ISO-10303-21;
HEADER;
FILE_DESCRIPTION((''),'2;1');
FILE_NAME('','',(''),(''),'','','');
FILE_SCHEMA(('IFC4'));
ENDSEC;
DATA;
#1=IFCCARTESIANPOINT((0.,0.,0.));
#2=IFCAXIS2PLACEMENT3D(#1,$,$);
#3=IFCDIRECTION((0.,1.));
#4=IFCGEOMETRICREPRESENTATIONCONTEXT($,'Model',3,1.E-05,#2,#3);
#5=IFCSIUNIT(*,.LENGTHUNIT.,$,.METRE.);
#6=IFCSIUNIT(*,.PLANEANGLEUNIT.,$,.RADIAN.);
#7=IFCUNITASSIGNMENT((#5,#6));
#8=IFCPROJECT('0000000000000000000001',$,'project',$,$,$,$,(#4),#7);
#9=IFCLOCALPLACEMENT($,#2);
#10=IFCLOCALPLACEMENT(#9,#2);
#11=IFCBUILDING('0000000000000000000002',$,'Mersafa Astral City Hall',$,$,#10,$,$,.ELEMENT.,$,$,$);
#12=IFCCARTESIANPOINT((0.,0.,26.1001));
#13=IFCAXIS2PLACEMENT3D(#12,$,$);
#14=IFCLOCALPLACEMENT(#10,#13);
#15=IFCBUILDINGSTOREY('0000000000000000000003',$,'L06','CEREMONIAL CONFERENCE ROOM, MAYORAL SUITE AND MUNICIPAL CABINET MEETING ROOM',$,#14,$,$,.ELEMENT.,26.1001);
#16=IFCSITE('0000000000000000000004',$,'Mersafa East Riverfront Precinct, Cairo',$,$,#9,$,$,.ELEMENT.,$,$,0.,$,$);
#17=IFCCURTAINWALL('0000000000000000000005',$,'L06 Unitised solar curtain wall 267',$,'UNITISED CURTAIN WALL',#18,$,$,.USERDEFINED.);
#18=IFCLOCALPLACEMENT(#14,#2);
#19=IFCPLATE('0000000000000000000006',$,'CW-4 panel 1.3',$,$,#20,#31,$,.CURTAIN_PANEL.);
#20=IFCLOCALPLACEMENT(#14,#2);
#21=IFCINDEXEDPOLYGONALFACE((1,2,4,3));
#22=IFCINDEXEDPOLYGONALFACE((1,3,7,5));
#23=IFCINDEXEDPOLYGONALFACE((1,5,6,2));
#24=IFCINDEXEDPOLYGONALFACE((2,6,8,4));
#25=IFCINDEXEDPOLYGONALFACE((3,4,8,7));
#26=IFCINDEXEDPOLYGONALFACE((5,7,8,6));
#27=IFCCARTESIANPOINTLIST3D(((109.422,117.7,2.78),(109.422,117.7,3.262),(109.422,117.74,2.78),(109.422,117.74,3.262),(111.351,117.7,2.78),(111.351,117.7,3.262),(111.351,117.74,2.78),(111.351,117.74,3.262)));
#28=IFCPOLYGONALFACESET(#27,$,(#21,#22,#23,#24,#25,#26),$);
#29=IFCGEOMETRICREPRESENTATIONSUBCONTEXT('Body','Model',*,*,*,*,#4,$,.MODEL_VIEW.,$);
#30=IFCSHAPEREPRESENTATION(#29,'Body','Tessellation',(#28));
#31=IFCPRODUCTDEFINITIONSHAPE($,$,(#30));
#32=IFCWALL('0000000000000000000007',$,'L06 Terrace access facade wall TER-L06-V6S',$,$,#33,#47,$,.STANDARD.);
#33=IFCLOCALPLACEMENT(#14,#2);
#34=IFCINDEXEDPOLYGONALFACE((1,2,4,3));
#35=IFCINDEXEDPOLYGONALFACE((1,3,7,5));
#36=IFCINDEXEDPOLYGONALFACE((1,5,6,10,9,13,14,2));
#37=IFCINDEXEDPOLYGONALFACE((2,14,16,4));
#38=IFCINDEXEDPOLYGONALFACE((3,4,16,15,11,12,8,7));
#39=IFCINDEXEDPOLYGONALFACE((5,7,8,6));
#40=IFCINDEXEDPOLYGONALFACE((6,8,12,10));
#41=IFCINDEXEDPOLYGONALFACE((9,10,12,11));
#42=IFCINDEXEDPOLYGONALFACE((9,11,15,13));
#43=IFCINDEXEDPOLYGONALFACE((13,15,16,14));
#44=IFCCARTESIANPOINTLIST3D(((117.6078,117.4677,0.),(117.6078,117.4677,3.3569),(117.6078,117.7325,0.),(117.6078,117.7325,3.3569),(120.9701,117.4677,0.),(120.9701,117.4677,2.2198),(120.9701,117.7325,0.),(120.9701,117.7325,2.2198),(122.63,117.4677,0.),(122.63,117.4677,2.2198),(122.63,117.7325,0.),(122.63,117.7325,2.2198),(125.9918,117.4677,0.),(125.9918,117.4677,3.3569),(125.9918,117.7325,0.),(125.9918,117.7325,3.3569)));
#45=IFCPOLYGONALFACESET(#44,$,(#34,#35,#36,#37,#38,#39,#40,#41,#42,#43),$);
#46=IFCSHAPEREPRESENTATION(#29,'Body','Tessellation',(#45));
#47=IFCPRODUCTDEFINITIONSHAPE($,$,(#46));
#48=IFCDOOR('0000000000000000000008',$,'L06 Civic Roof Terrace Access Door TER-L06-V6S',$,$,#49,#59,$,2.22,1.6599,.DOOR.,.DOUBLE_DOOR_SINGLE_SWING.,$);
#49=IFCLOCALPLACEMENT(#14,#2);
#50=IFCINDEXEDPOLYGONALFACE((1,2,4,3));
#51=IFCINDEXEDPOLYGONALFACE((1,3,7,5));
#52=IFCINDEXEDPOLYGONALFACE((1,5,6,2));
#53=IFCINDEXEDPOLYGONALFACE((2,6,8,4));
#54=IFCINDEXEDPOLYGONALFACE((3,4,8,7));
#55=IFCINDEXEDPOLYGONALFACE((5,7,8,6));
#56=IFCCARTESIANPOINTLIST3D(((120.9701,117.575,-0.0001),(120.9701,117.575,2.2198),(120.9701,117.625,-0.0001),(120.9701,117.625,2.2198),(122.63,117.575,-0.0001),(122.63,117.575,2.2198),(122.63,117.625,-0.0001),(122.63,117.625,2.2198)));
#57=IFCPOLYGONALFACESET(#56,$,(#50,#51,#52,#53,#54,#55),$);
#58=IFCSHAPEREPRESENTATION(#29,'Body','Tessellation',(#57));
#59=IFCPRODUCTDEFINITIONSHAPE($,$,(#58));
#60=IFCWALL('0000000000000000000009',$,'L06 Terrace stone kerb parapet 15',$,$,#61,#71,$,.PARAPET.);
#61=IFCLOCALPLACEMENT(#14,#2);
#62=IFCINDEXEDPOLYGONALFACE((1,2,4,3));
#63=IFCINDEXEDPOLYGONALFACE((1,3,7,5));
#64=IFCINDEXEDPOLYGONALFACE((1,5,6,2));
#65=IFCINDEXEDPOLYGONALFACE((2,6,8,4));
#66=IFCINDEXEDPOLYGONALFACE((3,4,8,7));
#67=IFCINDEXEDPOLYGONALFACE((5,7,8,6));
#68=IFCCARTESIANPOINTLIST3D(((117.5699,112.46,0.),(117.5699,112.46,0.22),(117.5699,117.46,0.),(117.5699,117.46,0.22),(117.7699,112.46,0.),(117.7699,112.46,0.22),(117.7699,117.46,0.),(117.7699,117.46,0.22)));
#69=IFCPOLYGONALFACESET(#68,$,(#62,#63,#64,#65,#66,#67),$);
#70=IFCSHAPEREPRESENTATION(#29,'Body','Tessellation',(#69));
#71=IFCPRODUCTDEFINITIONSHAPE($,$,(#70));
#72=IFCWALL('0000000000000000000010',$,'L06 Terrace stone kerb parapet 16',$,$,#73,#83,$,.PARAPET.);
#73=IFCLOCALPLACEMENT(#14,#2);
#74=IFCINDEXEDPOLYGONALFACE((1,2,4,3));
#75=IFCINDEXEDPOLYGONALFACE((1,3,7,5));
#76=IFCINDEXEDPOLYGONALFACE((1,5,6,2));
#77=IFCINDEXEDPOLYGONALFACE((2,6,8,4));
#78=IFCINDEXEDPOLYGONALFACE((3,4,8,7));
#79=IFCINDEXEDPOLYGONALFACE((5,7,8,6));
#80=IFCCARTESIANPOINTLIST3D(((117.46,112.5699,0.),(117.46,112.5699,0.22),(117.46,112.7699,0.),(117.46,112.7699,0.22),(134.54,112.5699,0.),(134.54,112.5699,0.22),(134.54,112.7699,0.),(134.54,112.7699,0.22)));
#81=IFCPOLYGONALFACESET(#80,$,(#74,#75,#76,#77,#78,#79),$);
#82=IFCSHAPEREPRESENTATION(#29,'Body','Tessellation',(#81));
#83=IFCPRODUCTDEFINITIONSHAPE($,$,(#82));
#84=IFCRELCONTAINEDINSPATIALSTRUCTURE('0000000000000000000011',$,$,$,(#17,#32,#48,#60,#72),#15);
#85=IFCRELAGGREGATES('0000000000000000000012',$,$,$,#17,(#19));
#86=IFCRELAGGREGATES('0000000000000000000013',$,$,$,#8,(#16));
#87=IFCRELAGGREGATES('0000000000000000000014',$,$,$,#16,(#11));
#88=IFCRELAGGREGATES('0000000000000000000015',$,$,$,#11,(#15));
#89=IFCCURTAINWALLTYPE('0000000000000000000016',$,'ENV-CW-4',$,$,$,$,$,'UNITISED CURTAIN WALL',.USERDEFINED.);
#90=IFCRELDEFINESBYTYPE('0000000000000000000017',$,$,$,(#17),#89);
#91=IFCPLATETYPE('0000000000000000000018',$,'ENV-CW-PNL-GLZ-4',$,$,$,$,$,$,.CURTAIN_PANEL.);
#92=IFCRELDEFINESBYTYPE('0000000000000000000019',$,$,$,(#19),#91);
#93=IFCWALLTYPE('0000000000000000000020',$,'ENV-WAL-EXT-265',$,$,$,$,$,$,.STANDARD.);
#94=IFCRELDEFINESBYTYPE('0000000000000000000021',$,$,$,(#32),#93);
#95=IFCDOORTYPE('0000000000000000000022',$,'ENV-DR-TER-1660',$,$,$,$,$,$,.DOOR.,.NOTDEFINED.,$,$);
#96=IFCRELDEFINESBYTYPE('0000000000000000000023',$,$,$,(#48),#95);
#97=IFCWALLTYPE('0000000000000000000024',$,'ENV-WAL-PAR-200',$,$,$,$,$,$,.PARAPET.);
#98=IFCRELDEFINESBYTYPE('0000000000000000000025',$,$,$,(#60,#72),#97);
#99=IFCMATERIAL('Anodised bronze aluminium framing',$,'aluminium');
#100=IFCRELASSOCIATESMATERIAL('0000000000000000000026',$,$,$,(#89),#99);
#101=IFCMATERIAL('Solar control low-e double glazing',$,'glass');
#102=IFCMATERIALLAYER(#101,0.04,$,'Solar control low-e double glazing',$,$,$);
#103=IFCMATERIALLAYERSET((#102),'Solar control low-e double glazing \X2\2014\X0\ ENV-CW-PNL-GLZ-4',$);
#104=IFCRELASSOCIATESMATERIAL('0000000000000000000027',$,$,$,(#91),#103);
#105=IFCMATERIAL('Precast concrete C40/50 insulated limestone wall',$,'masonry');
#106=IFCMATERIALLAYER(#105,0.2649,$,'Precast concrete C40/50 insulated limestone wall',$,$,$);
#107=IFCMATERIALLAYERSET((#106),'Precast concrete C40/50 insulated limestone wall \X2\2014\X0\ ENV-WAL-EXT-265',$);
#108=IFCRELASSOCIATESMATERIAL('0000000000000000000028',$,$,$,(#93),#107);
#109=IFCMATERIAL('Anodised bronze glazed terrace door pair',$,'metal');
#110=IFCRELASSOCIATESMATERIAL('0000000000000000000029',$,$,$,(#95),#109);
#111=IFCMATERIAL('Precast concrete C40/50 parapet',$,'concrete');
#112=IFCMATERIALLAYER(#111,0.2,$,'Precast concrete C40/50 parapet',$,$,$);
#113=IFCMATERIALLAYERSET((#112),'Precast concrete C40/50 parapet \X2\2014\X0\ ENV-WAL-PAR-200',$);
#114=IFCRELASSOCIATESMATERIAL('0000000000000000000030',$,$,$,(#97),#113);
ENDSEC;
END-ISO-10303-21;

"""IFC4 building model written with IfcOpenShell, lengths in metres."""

from ifc_helpers import new_model, si_unit, direction, frame, frame_2d, origin, origin_2d, place, context, subcontext, project, spatial, rectangle, extrude, material, layer, layer_set, type_object, element, fill, aggregate, save


model = new_model("IFC4")

# Units and contexts
model_context = context("Model", 3, precision=1e-05, world=origin(), true_north=direction((0.0, 1.0)))
body_context = subcontext(model_context, "Body", "Model", "MODEL_VIEW")
ifc_project = project(units=[si_unit("LENGTHUNIT", "METRE"), si_unit("PLANEANGLEUNIT", "RADIAN")], contexts=[model_context])

# Site, building, storey
site_placement = place(None, origin())
site = spatial("IfcSite", under=ifc_project, at=site_placement, Name="Mersafa East Riverfront Precinct, Cairo", CompositionType="ELEMENT", RefElevation=0.0)
building_placement = place(site_placement, origin())
building = spatial("IfcBuilding", under=site, at=building_placement, Name="Mersafa Astral City Hall", CompositionType="ELEMENT")
storey_placement = place(building_placement, frame((0.0, 0.0, 26.1001)))
storey = spatial("IfcBuildingStorey", under=building, at=storey_placement, Name="L06", Description="CEREMONIAL CONFERENCE ROOM, MAYORAL SUITE AND MUNICIPAL CABINET MEETING ROOM", CompositionType="ELEMENT", Elevation=26.1001)

# Curtain wall, plate
ifc_material_1 = material(Name="Anodised bronze aluminium framing", Category="aluminium")
curtain_wall_type = type_object("IfcCurtainWallType", Name="ENV-CW-4", ElementType="UNITISED CURTAIN WALL", PredefinedType="USERDEFINED", material=ifc_material_1)
curtain_wall_placement = place(storey_placement, origin())
curtain_wall = element("IfcCurtainWall", 1, at=curtain_wall_placement, inside=storey, type_object=curtain_wall_type, Name="L06 Unitised solar curtain wall 267", ObjectType="UNITISED CURTAIN WALL", PredefinedType="USERDEFINED")
ifc_material_2 = material(Name="Solar control low-e double glazing", Category="glass")
ifc_layer_1 = layer(ifc_material_2, 0.04, Name="Solar control low-e double glazing")
ifc_layer_set_1 = layer_set([ifc_layer_1], Name="Solar control low-e double glazing — ENV-CW-PNL-GLZ-4")
plate_type = type_object("IfcPlateType", Name="ENV-CW-PNL-GLZ-4", PredefinedType="CURTAIN_PANEL", material=ifc_layer_set_1)
plate_placement = place(storey_placement, frame((110.3865, 117.72, 2.78), z_axis=(0.0, 0.0, 1.0), x_axis=(1.0, 0.0, 0.0)))
plate = element("IfcPlate", 2, at=plate_placement, type_object=plate_type, Name="CW-4 panel 1.3", PredefinedType="CURTAIN_PANEL", context=body_context, shape_type="SweptSolid", body=[
    extrude(rectangle(XDim=1.929, YDim=0.04, at=origin_2d()), origin(), (0.0, 0.0, 1.0), 0.4819),
])
aggregate(curtain_wall, [plate])

# Wall, opening, door
ifc_material_3 = material(Name="Precast concrete C40/50 insulated limestone wall", Category="masonry")
ifc_layer_2 = layer(ifc_material_3, 0.2649, Name="Precast concrete C40/50 insulated limestone wall")
ifc_layer_set_2 = layer_set([ifc_layer_2], Name="Precast concrete C40/50 insulated limestone wall — ENV-WAL-EXT-265")
wall_type_1 = type_object("IfcWallType", Name="ENV-WAL-EXT-265", PredefinedType="STANDARD", material=ifc_layer_set_2)
wall_1_placement = place(storey_placement, frame((117.6079, 117.6001, 0.0), z_axis=(0.0, 0.0, 1.0), x_axis=(1.0, 0.0, 0.0)))
wall_1 = element("IfcWall", 3, at=wall_1_placement, inside=storey, type_object=wall_type_1, Name="L06 Terrace access facade wall TER-L06-V6S", PredefinedType="STANDARD", context=body_context, shape_type="SweptSolid", body=[
    extrude(rectangle(XDim=8.384, YDim=0.2649, at=frame_2d((4.1919, 0.0))), origin(), (0.0, 0.0, 1.0), 3.3569),
])
opening_placement = place(wall_1_placement, frame((3.3621, 0.0, 0.0)))
opening = element("IfcOpeningElement", 4, at=opening_placement, cuts=wall_1, PredefinedType="OPENING", context=body_context, shape_type="SweptSolid", body=[
    extrude(rectangle(XDim=1.6599, YDim=2.22, at=frame_2d((0.8301, 1.1099))), frame((0.0, 0.1423, 0.0), z_axis=(0.0, -1.0, 0.0), x_axis=(1.0, 0.0, 0.0)), (0.0, 0.0, 1.0), 0.2849),
])
ifc_material_4 = material(Name="Anodised bronze glazed terrace door pair", Category="metal")
door_type = type_object("IfcDoorType", Name="ENV-DR-TER-1660", OperationType="NOTDEFINED", PredefinedType="DOOR", material=ifc_material_4)
door_placement = place(opening_placement, origin())
door = element("IfcDoor", 5, at=door_placement, inside=storey, type_object=door_type, Name="L06 Civic Roof Terrace Access Door TER-L06-V6S", OperationType="DOUBLE_DOOR_SINGLE_SWING", OverallHeight=2.22, OverallWidth=1.6599, PredefinedType="DOOR", context=body_context, shape_type="SweptSolid", body=[
    extrude(rectangle(XDim=1.6599, YDim=2.22, at=frame_2d((0.8301, 1.1099))), frame((0.0, 0.0249, 0.0), z_axis=(0.0, -1.0, 0.0), x_axis=(1.0, 0.0, 0.0)), (0.0, 0.0, 1.0), 0.05),
])
fill(opening, door)

# Walls
ifc_material_5 = material(Name="Precast concrete C40/50 parapet", Category="concrete")
ifc_layer_3 = layer(ifc_material_5, 0.2, Name="Precast concrete C40/50 parapet")
ifc_layer_set_3 = layer_set([ifc_layer_3], Name="Precast concrete C40/50 parapet — ENV-WAL-PAR-200")
wall_type_2 = type_object("IfcWallType", Name="ENV-WAL-PAR-200", PredefinedType="PARAPET", material=ifc_layer_set_3)
wall_2_placement = place(storey_placement, frame((117.6699, 117.46, 0.0), z_axis=(0.0, 0.0, 1.0), x_axis=(0.0, -1.0, 0.0)))
element("IfcWall", 6, at=wall_2_placement, inside=storey, type_object=wall_type_2, Name="L06 Terrace stone kerb parapet 15", PredefinedType="PARAPET", context=body_context, shape_type="SweptSolid", body=[
    extrude(rectangle(XDim=5.0, YDim=0.2, at=frame_2d((2.5, 0.0))), origin(), (0.0, 0.0, 1.0), 0.22),
])
wall_3_placement = place(storey_placement, frame((117.46, 112.6699, 0.0), z_axis=(0.0, 0.0, 1.0), x_axis=(1.0, 0.0, 0.0)))
element("IfcWall", 7, at=wall_3_placement, inside=storey, type_object=wall_type_2, Name="L06 Terrace stone kerb parapet 16", PredefinedType="PARAPET", context=body_context, shape_type="SweptSolid", body=[
    extrude(rectangle(XDim=17.0801, YDim=0.2, at=frame_2d((8.54, 0.0))), origin(), (0.0, 0.0, 1.0), 0.22),
])

save(model, "model.ifc")
